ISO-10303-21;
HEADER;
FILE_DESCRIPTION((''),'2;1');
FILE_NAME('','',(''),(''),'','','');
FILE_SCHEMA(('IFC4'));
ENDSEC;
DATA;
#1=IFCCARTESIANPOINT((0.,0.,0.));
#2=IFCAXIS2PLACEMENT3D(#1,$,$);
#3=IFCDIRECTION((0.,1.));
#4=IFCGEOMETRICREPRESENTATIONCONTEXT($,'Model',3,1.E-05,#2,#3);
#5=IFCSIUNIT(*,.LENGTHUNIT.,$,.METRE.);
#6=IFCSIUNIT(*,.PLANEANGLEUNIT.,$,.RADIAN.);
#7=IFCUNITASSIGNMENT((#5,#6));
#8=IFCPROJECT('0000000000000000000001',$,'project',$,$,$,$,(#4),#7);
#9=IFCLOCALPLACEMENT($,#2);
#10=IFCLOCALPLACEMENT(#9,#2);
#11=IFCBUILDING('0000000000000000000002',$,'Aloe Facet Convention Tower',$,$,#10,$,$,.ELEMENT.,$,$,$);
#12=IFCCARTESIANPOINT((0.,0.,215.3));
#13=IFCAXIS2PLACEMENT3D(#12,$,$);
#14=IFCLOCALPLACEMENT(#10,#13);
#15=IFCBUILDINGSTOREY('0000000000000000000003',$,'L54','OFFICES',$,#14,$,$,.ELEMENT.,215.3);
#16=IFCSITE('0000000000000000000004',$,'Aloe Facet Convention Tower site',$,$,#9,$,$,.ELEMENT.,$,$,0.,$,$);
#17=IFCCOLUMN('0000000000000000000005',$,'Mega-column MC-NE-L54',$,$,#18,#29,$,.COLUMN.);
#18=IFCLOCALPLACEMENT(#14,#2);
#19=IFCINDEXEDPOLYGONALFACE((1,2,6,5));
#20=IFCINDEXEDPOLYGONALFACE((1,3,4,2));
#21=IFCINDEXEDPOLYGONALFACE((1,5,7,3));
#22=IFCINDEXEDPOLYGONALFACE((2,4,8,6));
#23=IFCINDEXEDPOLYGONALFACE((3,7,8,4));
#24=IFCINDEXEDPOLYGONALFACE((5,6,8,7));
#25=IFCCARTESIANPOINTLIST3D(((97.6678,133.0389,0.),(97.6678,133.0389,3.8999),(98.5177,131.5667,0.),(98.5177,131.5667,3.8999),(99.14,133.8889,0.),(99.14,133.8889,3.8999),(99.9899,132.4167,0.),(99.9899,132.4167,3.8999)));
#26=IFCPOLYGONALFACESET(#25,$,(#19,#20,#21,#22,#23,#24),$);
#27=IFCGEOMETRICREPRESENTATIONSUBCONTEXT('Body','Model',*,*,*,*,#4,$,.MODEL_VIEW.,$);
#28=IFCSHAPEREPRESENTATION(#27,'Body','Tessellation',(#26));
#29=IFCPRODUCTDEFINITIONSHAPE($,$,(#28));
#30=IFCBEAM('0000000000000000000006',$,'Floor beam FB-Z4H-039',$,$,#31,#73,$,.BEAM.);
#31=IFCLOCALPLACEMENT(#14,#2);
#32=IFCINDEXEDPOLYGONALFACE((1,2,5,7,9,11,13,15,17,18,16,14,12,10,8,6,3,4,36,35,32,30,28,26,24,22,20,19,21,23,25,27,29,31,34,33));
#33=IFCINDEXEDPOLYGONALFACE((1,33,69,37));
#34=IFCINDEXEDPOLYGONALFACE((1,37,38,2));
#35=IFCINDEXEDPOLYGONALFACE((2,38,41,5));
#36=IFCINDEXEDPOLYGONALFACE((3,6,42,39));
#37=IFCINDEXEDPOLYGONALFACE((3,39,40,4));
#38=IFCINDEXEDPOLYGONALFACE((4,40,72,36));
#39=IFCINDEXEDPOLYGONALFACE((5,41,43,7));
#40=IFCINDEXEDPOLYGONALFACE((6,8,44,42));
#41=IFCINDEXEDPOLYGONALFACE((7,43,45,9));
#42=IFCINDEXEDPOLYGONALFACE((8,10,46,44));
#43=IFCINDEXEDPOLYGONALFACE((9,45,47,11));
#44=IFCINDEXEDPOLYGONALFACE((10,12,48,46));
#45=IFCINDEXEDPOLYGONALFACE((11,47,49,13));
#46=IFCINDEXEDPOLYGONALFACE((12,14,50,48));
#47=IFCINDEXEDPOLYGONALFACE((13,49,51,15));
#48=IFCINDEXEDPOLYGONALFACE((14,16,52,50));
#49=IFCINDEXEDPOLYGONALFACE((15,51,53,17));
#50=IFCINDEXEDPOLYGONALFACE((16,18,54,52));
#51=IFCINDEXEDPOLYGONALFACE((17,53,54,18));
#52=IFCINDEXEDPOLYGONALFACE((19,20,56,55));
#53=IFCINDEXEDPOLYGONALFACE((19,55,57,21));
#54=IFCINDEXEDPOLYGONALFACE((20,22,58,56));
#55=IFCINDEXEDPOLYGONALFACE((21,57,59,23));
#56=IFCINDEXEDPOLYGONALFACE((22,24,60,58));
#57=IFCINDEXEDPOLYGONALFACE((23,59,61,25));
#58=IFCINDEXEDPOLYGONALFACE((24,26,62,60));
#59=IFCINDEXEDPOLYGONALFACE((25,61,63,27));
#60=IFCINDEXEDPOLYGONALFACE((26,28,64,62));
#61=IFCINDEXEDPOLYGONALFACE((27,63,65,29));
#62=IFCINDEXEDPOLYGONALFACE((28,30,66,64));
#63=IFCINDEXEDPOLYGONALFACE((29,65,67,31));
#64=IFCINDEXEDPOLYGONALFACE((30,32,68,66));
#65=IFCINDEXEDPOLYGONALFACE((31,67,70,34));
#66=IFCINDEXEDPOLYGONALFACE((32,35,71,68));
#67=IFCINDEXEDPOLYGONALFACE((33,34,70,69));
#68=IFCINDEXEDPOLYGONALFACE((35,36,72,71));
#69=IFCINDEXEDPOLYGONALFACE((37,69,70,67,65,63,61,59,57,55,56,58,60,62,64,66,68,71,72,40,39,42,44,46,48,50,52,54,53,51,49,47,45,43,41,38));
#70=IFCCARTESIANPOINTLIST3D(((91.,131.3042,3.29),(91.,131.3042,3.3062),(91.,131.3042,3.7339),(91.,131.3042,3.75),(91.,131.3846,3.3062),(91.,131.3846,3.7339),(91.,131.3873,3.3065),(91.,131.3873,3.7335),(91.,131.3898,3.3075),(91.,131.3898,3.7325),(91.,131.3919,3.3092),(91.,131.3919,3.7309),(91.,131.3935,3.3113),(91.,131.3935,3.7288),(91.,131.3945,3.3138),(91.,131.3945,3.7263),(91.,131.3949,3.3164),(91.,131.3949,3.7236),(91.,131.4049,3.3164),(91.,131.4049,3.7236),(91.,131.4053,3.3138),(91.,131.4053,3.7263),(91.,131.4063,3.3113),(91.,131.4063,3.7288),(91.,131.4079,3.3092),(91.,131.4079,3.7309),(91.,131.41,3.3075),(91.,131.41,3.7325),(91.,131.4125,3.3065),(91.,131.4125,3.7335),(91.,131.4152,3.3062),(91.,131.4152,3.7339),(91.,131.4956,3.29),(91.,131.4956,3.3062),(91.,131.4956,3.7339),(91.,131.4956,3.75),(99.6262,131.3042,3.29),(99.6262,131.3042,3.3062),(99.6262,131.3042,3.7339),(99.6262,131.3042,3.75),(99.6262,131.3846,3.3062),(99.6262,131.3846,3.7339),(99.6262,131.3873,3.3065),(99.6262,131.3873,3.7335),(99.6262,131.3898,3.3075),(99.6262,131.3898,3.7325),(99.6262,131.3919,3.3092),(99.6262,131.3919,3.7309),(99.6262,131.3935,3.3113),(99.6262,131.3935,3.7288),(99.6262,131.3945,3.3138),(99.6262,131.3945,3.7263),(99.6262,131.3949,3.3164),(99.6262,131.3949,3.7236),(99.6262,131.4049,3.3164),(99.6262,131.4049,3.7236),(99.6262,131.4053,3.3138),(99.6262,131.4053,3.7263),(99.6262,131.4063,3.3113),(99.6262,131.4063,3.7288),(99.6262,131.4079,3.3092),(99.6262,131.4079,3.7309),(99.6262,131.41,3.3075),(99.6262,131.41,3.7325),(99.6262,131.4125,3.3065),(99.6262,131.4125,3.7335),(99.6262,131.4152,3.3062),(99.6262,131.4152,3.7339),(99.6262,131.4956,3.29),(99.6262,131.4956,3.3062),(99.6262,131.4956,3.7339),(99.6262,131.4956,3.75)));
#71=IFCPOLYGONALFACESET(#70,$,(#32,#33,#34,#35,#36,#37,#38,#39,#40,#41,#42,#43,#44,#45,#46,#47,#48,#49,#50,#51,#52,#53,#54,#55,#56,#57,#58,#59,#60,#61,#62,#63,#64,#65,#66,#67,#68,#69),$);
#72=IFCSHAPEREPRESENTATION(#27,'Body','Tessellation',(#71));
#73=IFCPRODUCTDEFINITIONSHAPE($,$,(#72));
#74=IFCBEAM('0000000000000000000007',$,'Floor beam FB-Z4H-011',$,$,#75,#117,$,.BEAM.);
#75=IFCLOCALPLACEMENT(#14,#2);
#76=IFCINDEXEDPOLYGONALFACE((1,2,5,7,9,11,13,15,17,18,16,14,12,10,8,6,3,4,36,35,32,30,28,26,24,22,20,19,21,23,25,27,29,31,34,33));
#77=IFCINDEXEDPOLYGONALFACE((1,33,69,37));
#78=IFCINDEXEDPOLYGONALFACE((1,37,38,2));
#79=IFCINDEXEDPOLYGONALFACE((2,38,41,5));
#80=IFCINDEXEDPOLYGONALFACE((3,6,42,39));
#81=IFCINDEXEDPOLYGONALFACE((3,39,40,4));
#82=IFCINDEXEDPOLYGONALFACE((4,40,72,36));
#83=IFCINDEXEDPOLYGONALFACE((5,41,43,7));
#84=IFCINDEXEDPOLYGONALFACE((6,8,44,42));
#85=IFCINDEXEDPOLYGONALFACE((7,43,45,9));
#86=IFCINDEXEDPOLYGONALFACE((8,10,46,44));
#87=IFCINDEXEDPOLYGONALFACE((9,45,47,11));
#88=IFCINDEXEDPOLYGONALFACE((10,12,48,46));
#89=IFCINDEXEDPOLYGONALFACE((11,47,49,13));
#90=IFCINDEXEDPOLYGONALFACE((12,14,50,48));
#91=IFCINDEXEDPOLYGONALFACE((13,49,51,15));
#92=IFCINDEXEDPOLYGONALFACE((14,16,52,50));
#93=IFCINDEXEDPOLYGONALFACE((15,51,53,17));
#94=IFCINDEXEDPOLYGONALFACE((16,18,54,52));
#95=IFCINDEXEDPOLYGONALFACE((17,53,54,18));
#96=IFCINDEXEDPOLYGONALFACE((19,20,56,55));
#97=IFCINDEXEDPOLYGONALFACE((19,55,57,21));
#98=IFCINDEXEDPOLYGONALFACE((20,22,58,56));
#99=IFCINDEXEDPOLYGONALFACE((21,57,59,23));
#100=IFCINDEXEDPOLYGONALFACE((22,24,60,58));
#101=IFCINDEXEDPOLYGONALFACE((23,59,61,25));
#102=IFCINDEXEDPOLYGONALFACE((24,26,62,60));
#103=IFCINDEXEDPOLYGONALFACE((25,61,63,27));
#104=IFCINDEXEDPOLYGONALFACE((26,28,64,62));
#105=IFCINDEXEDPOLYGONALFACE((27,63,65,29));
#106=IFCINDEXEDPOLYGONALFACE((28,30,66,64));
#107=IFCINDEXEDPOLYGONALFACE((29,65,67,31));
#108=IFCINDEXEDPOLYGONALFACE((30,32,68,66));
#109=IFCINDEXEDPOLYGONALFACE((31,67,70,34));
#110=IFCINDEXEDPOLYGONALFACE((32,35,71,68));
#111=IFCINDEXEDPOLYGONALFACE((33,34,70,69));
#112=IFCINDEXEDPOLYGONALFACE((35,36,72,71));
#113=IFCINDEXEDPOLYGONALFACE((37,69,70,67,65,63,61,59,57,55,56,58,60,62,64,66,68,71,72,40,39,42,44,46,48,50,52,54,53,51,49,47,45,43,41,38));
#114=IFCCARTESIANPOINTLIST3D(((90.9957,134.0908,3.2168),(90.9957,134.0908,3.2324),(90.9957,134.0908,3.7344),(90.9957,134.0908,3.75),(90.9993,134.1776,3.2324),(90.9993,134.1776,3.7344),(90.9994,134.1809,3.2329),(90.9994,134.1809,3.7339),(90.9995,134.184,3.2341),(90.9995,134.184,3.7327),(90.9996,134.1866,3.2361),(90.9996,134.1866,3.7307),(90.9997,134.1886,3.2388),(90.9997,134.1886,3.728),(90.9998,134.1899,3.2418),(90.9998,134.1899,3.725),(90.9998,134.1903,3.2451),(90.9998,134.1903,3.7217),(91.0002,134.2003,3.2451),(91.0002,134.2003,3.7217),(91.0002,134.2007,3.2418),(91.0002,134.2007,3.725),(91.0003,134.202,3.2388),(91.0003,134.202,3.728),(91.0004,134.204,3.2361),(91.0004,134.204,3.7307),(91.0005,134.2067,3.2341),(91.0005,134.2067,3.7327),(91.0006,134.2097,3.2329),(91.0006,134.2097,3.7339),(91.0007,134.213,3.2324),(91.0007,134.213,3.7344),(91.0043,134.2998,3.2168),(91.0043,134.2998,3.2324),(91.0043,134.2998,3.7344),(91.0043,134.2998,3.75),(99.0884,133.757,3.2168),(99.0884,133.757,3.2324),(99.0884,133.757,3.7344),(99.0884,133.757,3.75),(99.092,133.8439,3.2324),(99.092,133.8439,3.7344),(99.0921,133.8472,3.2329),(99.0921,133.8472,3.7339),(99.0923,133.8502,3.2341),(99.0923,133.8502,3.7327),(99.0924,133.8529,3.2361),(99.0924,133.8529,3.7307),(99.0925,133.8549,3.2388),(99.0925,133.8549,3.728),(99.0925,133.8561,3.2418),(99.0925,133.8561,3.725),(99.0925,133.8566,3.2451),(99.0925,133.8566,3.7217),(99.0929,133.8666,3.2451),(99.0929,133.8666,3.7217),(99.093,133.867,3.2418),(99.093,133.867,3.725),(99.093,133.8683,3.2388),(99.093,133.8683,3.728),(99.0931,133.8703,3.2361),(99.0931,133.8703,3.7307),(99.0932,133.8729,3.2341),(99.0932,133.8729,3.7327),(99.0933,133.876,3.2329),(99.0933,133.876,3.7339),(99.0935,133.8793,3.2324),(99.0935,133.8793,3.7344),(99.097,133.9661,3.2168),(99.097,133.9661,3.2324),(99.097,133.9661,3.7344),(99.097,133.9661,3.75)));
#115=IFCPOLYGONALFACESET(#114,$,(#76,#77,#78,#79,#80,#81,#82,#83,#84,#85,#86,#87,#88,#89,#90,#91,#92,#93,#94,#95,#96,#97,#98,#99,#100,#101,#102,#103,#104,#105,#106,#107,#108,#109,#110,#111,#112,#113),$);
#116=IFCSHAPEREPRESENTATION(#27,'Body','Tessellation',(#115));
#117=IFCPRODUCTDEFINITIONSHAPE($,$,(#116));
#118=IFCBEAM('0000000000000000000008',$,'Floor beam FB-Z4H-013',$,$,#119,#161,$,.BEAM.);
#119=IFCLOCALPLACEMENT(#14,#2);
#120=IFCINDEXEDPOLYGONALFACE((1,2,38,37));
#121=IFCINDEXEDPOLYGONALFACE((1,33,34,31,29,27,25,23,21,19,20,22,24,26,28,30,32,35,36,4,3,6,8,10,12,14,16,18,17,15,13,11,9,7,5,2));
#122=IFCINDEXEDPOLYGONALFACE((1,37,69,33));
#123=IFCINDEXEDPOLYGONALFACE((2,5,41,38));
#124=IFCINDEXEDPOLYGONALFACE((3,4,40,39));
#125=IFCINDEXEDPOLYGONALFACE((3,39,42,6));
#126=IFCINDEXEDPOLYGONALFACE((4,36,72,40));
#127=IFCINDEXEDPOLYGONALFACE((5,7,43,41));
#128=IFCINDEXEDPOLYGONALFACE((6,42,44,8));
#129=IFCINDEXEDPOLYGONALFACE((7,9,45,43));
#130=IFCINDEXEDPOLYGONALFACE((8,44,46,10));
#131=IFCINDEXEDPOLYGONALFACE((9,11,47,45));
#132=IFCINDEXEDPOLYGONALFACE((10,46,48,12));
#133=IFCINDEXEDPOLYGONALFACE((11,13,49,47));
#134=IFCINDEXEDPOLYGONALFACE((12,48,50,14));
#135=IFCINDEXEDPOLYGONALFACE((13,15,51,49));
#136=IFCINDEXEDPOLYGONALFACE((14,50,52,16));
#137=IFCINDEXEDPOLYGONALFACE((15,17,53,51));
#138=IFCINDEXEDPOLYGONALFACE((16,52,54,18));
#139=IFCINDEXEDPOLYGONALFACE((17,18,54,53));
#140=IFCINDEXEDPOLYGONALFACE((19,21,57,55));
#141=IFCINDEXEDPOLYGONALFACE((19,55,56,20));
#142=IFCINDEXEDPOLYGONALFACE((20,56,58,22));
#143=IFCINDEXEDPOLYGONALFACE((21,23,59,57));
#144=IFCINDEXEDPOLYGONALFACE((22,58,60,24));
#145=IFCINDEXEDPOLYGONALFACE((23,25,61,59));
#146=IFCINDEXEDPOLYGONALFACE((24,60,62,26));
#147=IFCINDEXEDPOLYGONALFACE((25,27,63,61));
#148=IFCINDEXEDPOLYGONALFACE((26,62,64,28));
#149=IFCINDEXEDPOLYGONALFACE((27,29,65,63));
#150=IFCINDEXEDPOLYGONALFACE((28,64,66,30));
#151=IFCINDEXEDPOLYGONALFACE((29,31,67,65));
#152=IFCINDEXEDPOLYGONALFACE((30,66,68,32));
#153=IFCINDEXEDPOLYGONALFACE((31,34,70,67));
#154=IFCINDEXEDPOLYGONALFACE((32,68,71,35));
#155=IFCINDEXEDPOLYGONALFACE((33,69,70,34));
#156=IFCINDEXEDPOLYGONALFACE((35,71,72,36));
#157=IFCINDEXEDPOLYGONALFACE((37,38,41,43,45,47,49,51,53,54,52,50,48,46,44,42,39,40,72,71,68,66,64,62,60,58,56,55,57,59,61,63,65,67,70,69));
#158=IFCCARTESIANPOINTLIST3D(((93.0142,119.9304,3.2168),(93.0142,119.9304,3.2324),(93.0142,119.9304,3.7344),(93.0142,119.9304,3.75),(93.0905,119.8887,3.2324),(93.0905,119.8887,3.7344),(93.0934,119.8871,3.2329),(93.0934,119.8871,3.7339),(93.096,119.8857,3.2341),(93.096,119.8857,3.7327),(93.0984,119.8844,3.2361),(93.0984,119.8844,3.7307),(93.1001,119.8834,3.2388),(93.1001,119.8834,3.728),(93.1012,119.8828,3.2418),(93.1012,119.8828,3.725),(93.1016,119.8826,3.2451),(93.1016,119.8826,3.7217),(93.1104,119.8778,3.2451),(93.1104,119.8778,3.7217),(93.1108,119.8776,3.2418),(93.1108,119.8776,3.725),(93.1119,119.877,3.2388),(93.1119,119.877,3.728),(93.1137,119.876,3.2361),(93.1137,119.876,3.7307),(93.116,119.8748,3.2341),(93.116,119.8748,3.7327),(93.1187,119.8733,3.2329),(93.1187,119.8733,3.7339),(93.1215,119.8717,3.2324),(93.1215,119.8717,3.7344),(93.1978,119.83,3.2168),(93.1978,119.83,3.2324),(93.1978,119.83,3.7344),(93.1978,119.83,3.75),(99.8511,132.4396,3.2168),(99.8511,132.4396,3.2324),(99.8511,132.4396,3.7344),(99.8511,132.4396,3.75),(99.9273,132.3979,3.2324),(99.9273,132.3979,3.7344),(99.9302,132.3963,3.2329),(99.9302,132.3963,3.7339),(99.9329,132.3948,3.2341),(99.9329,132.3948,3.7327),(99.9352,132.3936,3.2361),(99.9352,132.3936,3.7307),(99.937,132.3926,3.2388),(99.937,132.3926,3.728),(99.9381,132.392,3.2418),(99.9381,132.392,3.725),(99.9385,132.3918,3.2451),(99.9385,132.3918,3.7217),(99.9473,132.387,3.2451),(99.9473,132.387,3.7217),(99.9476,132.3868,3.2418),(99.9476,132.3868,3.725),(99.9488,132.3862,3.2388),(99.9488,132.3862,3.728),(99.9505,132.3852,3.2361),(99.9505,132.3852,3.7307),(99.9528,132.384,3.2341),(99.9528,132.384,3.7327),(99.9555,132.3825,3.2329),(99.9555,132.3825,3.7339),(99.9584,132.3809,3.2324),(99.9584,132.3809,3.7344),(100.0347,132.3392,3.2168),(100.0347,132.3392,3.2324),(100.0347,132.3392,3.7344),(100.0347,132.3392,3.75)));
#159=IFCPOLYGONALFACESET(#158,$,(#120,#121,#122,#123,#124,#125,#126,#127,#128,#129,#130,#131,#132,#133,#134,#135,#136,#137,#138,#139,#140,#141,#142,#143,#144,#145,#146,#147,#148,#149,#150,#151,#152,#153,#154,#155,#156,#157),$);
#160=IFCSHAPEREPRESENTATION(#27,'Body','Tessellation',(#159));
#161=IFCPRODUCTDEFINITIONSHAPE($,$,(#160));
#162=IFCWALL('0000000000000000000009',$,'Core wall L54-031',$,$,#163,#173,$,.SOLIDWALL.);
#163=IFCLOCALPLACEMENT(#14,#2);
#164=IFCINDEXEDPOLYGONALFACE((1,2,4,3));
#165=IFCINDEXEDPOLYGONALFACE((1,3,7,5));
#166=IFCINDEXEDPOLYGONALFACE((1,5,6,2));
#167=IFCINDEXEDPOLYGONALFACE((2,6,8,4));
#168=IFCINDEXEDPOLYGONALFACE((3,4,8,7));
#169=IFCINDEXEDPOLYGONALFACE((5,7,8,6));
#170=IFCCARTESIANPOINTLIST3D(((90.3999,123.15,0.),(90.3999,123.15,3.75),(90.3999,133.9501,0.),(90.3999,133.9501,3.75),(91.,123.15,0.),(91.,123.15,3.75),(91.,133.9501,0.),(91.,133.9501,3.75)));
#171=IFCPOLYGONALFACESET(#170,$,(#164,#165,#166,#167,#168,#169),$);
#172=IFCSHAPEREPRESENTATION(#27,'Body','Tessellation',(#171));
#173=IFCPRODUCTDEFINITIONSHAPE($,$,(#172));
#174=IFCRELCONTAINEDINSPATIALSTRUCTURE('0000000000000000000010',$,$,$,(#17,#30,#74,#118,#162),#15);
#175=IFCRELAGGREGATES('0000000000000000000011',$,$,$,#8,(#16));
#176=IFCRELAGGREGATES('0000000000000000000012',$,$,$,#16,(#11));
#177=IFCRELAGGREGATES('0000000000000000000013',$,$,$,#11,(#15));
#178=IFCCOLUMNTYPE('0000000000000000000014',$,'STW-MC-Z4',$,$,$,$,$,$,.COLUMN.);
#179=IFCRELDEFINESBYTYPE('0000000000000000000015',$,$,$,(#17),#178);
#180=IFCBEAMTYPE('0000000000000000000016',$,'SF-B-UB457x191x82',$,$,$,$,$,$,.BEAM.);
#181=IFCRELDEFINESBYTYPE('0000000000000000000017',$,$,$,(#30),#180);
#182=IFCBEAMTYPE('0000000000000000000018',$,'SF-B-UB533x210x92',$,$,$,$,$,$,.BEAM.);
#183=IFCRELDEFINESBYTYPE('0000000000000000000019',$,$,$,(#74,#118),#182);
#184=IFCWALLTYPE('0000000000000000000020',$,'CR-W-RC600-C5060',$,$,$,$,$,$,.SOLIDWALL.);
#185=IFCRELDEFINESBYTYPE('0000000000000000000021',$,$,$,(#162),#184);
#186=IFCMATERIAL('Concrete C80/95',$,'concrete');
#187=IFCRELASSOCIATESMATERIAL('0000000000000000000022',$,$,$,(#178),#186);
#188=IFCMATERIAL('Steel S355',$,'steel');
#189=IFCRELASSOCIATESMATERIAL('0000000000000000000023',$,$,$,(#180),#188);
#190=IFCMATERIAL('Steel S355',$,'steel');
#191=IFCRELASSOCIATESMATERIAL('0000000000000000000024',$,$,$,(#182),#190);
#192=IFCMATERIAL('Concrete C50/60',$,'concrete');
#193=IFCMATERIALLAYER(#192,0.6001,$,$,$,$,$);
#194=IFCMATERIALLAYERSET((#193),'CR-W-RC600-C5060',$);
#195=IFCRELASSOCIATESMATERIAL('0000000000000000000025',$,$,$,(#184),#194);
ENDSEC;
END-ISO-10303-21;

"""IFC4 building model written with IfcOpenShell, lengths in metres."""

from ifc_helpers import new_model, si_unit, direction, frame, frame_2d, origin, origin_2d, place, context, subcontext, project, spatial, rectangle, i_section, extrude, material, layer, layer_set, material_profile, profile_set, type_object, element, save


model = new_model("IFC4")

# Units and contexts
model_context = context("Model", 3, precision=1e-05, world=origin(), true_north=direction((0.0, 1.0)))
body_context = subcontext(model_context, "Body", "Model", "MODEL_VIEW")
ifc_project = project(units=[si_unit("LENGTHUNIT", "METRE"), si_unit("PLANEANGLEUNIT", "RADIAN")], contexts=[model_context])

# Site, building, storey
site_placement = place(None, origin())
site = spatial("IfcSite", under=ifc_project, at=site_placement, Name="Aloe Facet Convention Tower site", CompositionType="ELEMENT", RefElevation=0.0)
building_placement = place(site_placement, origin())
building = spatial("IfcBuilding", under=site, at=building_placement, Name="Aloe Facet Convention Tower", CompositionType="ELEMENT")
storey_placement = place(building_placement, frame((0.0, 0.0, 215.3)))
storey = spatial("IfcBuildingStorey", under=building, at=storey_placement, Name="L54", Description="OFFICES", CompositionType="ELEMENT", Elevation=215.3)

# Column
ifc_material_1 = material(Name="Concrete C80/95", Category="concrete")
ifc_material_profile_1 = material_profile(ifc_material_1, rectangle(XDim=1.7, YDim=1.7, at=origin_2d()), Name="STW-MC-Z4")
ifc_profile_set_1 = profile_set([ifc_material_profile_1], Name="Concrete C80/95")
column_type = type_object("IfcColumnType", Name="STW-MC-Z4", PredefinedType="COLUMN", material=ifc_profile_set_1)
column_placement = place(storey_placement, frame((98.8289, 132.7278, 0.0), z_axis=(0.0, 0.0, 1.0), x_axis=(-0.5, 0.866025, 0.0)))
element("IfcColumn", 1, at=column_placement, inside=storey, type_object=column_type, Name="Mega-column MC-NE-L54", PredefinedType="COLUMN", context=body_context, shape_type="SweptSolid", body=[
    extrude(rectangle(XDim=1.7, YDim=1.7, at=origin_2d()), origin(), (0.0, 0.0, 1.0), 3.8999),
])

# Beams
ifc_material_2 = material(Name="Steel S355", Category="steel")
ifc_material_profile_2 = material_profile(ifc_material_2, i_section(OverallWidth=0.1914, OverallDepth=0.46, WebThickness=0.01, FlangeThickness=0.0161, FilletRadius=0.0103, at=origin_2d()), Name="UB 457x191x82")
ifc_profile_set_2 = profile_set([ifc_material_profile_2], Name="Steel S355")
beam_type_1 = type_object("IfcBeamType", Name="SF-B-UB457x191x82", PredefinedType="BEAM", material=ifc_profile_set_2)
beam_1_placement = place(storey_placement, frame((91.0, 131.3999, 3.52), z_axis=(1.0, 0.0, 0.0), x_axis=(0.0, 1.0, 0.0)))
element("IfcBeam", 2, at=beam_1_placement, inside=storey, type_object=beam_type_1, Name="Floor beam FB-Z4H-039", PredefinedType="BEAM", context=body_context, shape_type="SweptSolid", body=[
    extrude(i_section(OverallWidth=0.1914, OverallDepth=0.46, WebThickness=0.01, FlangeThickness=0.0161, FilletRadius=0.0103, at=origin_2d()), origin(), (0.0, 0.0, 1.0), 8.6262),
])
ifc_material_3 = material(Name="Steel S355", Category="steel")
ifc_material_profile_3 = material_profile(ifc_material_3, i_section(OverallWidth=0.2092, OverallDepth=0.5332, WebThickness=0.01, FlangeThickness=0.0156, FilletRadius=0.0127, at=origin_2d()), Name="UB 533x210x92")
ifc_profile_set_3 = profile_set([ifc_material_profile_3], Name="Steel S355")
beam_type_2 = type_object("IfcBeamType", Name="SF-B-UB533x210x92", PredefinedType="BEAM", material=ifc_profile_set_3)
beam_2_placement = place(storey_placement, frame((91.0, 134.1953, 3.4834), z_axis=(0.999151, -0.041204, 0.0), x_axis=(0.041204, 0.999151, 0.0)))
element("IfcBeam", 3, at=beam_2_placement, inside=storey, type_object=beam_type_2, Name="Floor beam FB-Z4H-011", PredefinedType="BEAM", context=body_context, shape_type="SweptSolid", body=[
    extrude(i_section(OverallWidth=0.2092, OverallDepth=0.5332, WebThickness=0.01, FlangeThickness=0.0156, FilletRadius=0.0127, at=origin_2d()), origin(), (0.0, 0.0, 1.0), 8.0996),
])
beam_3_placement = place(storey_placement, frame((99.9429, 132.3894, 3.4834), z_axis=(-0.479591, -0.877492, 0.0), x_axis=(0.877492, -0.479591, 0.0)))
element("IfcBeam", 4, at=beam_3_placement, inside=storey, type_object=beam_type_2, Name="Floor beam FB-Z4H-013", PredefinedType="BEAM", context=body_context, shape_type="SweptSolid", body=[
    extrude(i_section(OverallWidth=0.2092, OverallDepth=0.5332, WebThickness=0.01, FlangeThickness=0.0156, FilletRadius=0.0127, at=origin_2d()), origin(), (0.0, 0.0, 1.0), 14.2556),
])

# Wall
ifc_material_4 = material(Name="Concrete C50/60", Category="concrete")
ifc_layer_1 = layer(ifc_material_4, 0.6001)
ifc_layer_set_1 = layer_set([ifc_layer_1], Name="CR-W-RC600-C5060")
wall_type_1 = type_object("IfcWallType", Name="CR-W-RC600-C5060", PredefinedType="SOLIDWALL", material=ifc_layer_set_1)
wall_1_placement = place(storey_placement, frame((90.7, 133.95, 0.0), z_axis=(0.0, 0.0, 1.0), x_axis=(0.0, -1.0, 0.0)))
element("IfcWall", 5, at=wall_1_placement, inside=storey, type_object=wall_type_1, Name="Core wall L54-031", PredefinedType="SOLIDWALL", context=body_context, shape_type="SweptSolid", body=[
    extrude(rectangle(XDim=10.8, YDim=0.6001, at=frame_2d((5.3999, 0.0))), origin(), (0.0, 0.0, 1.0), 3.75),
])

save(model, "model.ifc")
